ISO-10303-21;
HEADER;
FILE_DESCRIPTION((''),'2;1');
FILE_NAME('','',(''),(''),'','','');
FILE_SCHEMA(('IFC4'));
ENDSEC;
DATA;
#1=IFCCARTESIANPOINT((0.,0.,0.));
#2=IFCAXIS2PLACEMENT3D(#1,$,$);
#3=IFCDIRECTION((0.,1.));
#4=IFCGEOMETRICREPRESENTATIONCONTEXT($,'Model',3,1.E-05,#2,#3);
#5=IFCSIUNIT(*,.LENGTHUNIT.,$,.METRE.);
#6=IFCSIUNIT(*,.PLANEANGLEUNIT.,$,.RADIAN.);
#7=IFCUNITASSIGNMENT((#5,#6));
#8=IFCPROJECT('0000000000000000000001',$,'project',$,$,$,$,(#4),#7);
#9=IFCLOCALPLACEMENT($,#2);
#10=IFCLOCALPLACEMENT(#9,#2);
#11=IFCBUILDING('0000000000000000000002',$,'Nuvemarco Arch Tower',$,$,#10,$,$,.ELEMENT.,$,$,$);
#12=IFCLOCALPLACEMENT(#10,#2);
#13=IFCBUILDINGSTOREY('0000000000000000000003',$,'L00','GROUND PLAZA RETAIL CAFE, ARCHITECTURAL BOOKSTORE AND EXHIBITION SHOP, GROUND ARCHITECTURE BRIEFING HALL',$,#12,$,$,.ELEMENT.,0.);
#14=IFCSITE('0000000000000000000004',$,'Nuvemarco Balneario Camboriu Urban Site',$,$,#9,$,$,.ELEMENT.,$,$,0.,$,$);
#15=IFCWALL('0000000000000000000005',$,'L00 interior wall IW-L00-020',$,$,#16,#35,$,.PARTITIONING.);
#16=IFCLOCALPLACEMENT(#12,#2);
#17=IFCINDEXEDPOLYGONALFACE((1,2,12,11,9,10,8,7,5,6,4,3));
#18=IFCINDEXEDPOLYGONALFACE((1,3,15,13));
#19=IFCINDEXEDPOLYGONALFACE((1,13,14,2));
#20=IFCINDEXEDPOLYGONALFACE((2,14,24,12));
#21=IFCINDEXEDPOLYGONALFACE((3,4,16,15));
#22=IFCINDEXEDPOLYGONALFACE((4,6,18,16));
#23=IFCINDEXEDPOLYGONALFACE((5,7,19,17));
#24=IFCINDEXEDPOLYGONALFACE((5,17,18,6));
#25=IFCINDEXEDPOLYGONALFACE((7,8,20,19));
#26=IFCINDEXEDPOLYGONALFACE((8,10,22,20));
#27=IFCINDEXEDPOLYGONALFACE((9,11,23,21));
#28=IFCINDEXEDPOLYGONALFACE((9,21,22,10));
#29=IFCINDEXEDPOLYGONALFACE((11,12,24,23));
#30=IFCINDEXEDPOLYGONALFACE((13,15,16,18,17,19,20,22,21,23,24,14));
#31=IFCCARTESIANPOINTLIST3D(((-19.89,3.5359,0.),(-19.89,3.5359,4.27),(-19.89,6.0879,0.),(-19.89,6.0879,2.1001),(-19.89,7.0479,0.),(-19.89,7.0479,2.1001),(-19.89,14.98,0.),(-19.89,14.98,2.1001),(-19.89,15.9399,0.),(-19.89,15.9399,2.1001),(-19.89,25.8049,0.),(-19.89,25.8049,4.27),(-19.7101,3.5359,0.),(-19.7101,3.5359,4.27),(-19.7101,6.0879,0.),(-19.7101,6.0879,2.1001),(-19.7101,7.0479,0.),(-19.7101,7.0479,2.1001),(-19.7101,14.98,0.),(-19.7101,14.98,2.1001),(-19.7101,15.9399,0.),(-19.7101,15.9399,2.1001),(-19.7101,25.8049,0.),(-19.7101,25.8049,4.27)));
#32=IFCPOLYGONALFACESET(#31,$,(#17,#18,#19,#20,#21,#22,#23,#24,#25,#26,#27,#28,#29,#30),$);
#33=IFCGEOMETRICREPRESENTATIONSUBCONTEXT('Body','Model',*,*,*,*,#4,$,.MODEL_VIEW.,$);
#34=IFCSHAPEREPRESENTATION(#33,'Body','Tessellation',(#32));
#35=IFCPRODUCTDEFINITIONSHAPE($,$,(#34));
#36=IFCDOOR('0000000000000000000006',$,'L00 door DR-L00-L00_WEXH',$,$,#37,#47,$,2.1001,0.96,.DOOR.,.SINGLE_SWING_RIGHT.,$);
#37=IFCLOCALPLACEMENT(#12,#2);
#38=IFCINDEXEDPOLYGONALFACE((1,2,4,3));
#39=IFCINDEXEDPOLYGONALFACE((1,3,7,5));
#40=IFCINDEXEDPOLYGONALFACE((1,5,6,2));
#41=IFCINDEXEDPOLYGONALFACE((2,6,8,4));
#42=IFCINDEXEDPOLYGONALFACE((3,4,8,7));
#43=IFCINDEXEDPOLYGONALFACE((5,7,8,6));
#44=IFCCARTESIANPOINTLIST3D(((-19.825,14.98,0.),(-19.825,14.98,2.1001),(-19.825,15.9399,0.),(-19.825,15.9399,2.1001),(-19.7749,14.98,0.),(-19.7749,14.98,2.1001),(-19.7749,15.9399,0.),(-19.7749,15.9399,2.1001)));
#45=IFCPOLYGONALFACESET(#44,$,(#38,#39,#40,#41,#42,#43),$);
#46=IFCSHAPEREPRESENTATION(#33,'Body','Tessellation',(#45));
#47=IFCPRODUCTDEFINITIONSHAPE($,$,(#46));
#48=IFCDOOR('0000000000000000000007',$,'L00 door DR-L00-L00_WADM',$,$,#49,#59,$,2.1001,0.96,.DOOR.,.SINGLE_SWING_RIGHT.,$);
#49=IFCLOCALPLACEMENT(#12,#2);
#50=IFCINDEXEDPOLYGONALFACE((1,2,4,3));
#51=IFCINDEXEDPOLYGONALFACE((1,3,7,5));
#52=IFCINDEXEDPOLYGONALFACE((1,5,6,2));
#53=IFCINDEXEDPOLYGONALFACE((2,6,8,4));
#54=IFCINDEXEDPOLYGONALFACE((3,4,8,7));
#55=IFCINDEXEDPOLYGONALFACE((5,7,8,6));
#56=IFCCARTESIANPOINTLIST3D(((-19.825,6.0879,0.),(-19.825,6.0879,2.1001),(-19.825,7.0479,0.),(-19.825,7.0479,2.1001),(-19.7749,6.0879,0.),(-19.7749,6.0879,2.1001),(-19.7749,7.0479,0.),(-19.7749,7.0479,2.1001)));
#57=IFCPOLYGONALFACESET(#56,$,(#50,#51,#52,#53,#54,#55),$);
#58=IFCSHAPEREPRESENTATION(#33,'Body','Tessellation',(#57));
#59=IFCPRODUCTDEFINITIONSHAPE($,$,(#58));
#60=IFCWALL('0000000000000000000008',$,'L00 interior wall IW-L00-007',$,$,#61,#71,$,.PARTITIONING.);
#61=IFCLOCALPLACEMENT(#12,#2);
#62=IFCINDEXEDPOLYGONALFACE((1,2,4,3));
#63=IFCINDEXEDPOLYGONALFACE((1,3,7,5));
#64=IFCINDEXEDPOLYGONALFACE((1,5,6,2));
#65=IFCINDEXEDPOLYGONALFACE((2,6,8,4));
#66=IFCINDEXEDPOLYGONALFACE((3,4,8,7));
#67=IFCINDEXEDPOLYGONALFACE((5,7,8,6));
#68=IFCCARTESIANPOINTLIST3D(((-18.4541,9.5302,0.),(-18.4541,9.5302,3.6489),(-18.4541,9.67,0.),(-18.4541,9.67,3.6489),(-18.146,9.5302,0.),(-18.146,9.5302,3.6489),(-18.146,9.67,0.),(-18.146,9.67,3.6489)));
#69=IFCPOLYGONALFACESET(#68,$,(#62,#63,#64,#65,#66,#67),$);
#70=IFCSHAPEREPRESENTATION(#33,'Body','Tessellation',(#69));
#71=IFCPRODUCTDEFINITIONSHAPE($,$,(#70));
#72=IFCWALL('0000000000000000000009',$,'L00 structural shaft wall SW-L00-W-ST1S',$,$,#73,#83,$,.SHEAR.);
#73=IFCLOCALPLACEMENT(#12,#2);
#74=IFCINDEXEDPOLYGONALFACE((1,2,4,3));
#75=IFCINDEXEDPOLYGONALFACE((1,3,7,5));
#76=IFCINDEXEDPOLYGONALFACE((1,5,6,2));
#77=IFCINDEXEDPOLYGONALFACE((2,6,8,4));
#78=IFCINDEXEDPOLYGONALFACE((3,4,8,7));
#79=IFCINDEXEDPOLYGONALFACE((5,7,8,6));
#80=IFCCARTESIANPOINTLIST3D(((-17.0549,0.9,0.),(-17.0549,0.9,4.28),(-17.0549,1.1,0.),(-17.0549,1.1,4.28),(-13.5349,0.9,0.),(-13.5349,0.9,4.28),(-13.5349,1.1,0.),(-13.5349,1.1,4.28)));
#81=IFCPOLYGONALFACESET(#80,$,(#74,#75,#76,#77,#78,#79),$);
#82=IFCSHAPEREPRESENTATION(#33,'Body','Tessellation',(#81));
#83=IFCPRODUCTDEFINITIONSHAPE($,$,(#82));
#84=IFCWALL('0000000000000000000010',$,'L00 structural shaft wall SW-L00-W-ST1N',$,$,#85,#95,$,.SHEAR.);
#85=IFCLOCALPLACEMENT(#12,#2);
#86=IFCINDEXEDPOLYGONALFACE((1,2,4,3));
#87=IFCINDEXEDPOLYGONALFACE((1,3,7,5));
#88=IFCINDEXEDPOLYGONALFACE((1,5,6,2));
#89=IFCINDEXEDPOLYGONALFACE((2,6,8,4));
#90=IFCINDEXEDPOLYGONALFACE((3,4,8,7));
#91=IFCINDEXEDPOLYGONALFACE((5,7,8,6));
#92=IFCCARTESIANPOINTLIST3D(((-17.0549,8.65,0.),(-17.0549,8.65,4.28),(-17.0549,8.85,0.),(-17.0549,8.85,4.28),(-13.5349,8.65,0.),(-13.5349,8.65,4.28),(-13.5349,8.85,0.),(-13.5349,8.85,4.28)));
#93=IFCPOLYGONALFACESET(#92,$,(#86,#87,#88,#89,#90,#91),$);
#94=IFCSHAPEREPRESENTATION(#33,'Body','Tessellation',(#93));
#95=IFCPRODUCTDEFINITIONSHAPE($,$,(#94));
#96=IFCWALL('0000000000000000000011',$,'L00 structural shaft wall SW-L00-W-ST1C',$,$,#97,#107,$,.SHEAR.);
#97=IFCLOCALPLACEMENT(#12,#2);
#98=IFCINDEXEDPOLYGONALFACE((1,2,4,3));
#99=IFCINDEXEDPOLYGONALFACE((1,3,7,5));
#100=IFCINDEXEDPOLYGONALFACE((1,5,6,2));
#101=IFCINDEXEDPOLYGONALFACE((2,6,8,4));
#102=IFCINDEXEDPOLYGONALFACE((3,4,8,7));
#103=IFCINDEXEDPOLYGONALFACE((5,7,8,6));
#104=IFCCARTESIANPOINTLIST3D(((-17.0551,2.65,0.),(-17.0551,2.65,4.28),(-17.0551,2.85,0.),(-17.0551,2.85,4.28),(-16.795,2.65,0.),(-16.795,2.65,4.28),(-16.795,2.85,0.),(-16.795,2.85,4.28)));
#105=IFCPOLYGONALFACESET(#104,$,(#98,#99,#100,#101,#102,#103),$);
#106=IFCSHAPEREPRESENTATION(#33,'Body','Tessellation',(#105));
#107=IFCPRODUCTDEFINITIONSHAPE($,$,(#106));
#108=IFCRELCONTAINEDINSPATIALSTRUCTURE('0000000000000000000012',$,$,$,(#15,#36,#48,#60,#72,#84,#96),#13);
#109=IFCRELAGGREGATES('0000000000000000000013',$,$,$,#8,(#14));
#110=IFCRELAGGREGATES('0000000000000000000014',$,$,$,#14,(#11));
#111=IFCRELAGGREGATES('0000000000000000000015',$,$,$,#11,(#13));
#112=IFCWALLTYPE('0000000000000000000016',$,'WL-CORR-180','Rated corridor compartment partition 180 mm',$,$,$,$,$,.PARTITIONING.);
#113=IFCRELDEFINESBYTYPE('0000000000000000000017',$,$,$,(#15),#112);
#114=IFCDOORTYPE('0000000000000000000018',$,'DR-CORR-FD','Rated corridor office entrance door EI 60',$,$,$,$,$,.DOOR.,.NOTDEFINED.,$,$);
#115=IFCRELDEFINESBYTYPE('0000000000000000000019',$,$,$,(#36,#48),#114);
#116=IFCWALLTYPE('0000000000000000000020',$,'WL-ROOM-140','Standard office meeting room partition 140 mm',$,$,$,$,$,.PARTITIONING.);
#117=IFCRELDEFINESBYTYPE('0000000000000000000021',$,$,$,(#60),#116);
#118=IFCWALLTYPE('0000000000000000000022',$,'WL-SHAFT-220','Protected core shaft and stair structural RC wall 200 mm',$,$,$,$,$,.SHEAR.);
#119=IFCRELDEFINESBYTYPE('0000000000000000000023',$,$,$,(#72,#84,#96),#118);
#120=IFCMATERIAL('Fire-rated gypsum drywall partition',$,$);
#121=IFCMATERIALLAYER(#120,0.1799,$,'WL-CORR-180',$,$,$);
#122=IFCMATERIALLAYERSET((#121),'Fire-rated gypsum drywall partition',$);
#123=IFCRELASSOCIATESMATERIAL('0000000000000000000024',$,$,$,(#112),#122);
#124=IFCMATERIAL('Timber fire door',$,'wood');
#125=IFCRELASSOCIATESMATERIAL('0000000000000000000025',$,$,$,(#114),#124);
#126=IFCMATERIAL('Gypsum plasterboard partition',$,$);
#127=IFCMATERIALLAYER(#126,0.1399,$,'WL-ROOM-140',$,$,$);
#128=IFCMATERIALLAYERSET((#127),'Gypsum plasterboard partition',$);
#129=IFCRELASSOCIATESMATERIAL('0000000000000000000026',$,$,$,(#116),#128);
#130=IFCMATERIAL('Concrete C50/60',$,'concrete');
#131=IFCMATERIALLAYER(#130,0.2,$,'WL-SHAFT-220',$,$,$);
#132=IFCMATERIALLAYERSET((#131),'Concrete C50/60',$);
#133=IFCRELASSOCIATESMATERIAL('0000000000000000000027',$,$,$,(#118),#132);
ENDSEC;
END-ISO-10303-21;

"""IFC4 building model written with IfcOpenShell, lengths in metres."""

from ifc_helpers import new_model, si_unit, direction, frame, frame_2d, origin, place, context, subcontext, project, spatial, rectangle, extrude, source, transform, mapped, material, layer, layer_set, type_object, type_shapes, element, fill, save


model = new_model("IFC4")

# Units and contexts
model_context = context("Model", 3, precision=1e-05, world=origin(), true_north=direction((0.0, 1.0)))
body_context = subcontext(model_context, "Body", "Model", "MODEL_VIEW")
ifc_project = project(units=[si_unit("LENGTHUNIT", "METRE"), si_unit("PLANEANGLEUNIT", "RADIAN")], contexts=[model_context])

# Site, building, storey
site_placement = place(None, origin())
site = spatial("IfcSite", under=ifc_project, at=site_placement, Name="Nuvemarco Balneario Camboriu Urban Site", CompositionType="ELEMENT", RefElevation=0.0)
building_placement = place(site_placement, origin())
building = spatial("IfcBuilding", under=site, at=building_placement, Name="Nuvemarco Arch Tower", CompositionType="ELEMENT")
storey_placement = place(building_placement, origin())
storey = spatial("IfcBuildingStorey", under=building, at=storey_placement, Name="L00", Description="GROUND PLAZA RETAIL CAFE, ARCHITECTURAL BOOKSTORE AND EXHIBITION SHOP, GROUND ARCHITECTURE BRIEFING HALL", CompositionType="ELEMENT", Elevation=0.0)

# Shared definitions
ifc_material_1 = material(Name="Fire-rated gypsum drywall partition")
ifc_layer_1 = layer(ifc_material_1, 0.1799, Name="WL-CORR-180")
ifc_layer_set_1 = layer_set([ifc_layer_1], Name="Fire-rated gypsum drywall partition")
wall_type_1 = type_object("IfcWallType", Name="WL-CORR-180", Description="Rated corridor compartment partition 180 mm", PredefinedType="PARTITIONING", material=ifc_layer_set_1)

# Wall, openings, doors
ifc_material_2 = material(Name="Timber fire door", Category="wood")
door_type_1 = type_object("IfcDoorType", Name="DR-CORR-FD", Description="Rated corridor office entrance door EI 60", OperationType="NOTDEFINED", PredefinedType="DOOR", material=ifc_material_2)
shared_shape_1 = source(origin(), body_context, "Body", "SweptSolid", [
    extrude(rectangle(XDim=0.96, YDim=2.1001, at=frame_2d((0.48, 1.05))), frame((0.0, 0.0249, 0.0), z_axis=(0.0, -1.0, 0.0), x_axis=(1.0, 0.0, 0.0)), (0.0, 0.0, 1.0), 0.05),
])
type_shapes(door_type_1, [shared_shape_1])
wall_1_placement = place(storey_placement, frame((-19.8, 3.5359, 0.0), z_axis=(0.0, 0.0, 1.0), x_axis=(0.0, 1.0, 0.0)))
wall_1 = element("IfcWall", 1, at=wall_1_placement, inside=storey, type_object=wall_type_1, Name="L00 interior wall IW-L00-020", PredefinedType="PARTITIONING", context=body_context, shape_type="SweptSolid", body=[
    extrude(rectangle(XDim=22.269, YDim=0.1799, at=frame_2d((11.1345, 0.0))), origin(), (0.0, 0.0, 1.0), 4.27),
])
opening_1_placement = place(wall_1_placement, frame((11.4441, 0.0, 0.0)))
opening_1 = element("IfcOpeningElement", 2, at=opening_1_placement, cuts=wall_1, PredefinedType="OPENING", context=body_context, shape_type="SweptSolid", body=[
    extrude(rectangle(XDim=0.96, YDim=2.1001, at=frame_2d((0.48, 1.05))), frame((0.0, 0.0999, 0.0), z_axis=(0.0, -1.0, 0.0), x_axis=(1.0, 0.0, 0.0)), (0.0, 0.0, 1.0), 0.2),
])
opening_2_placement = place(wall_1_placement, frame((2.552, 0.0, 0.0)))
opening_2 = element("IfcOpeningElement", 3, at=opening_2_placement, cuts=wall_1, PredefinedType="OPENING", context=body_context, shape_type="SweptSolid", body=[
    extrude(rectangle(XDim=0.96, YDim=2.1001, at=frame_2d((0.48, 1.05))), frame((0.0, 0.0999, 0.0), z_axis=(0.0, -1.0, 0.0), x_axis=(1.0, 0.0, 0.0)), (0.0, 0.0, 1.0), 0.2),
])
door_1_placement = place(opening_1_placement, origin())
door_1 = element("IfcDoor", 4, at=door_1_placement, inside=storey, type_object=door_type_1, Name="L00 door DR-L00-L00_WEXH", OperationType="SINGLE_SWING_RIGHT", OverallHeight=2.1001, OverallWidth=0.96, PredefinedType="DOOR", context=body_context, shape_type="MappedRepresentation", body=[
    mapped(shared_shape_1, transform((0.0, 0.0, 0.0), scale=1.0)),
])
fill(opening_1, door_1)
door_2_placement = place(opening_2_placement, origin())
door_2 = element("IfcDoor", 5, at=door_2_placement, inside=storey, type_object=door_type_1, Name="L00 door DR-L00-L00_WADM", OperationType="SINGLE_SWING_RIGHT", OverallHeight=2.1001, OverallWidth=0.96, PredefinedType="DOOR", context=body_context, shape_type="MappedRepresentation", body=[
    mapped(shared_shape_1, transform((0.0, 0.0, 0.0), scale=1.0)),
])
fill(opening_2, door_2)

# Walls
ifc_material_3 = material(Name="Gypsum plasterboard partition")
ifc_layer_2 = layer(ifc_material_3, 0.1399, Name="WL-ROOM-140")
ifc_layer_set_2 = layer_set([ifc_layer_2], Name="Gypsum plasterboard partition")
wall_type_2 = type_object("IfcWallType", Name="WL-ROOM-140", Description="Standard office meeting room partition 140 mm", PredefinedType="PARTITIONING", material=ifc_layer_set_2)
wall_2_placement = place(storey_placement, frame((-18.4541, 9.6001, 0.0), z_axis=(0.0, 0.0, 1.0), x_axis=(1.0, 0.0, 0.0)))
element("IfcWall", 6, at=wall_2_placement, inside=storey, type_object=wall_type_2, Name="L00 interior wall IW-L00-007", PredefinedType="PARTITIONING", context=body_context, shape_type="SweptSolid", body=[
    extrude(rectangle(XDim=0.3081, YDim=0.1399, at=frame_2d((0.1541, 0.0))), origin(), (0.0, 0.0, 1.0), 3.6489),
])
ifc_material_4 = material(Name="Concrete C50/60", Category="concrete")
ifc_layer_3 = layer(ifc_material_4, 0.2, Name="WL-SHAFT-220")
ifc_layer_set_3 = layer_set([ifc_layer_3], Name="Concrete C50/60")
wall_type_3 = type_object("IfcWallType", Name="WL-SHAFT-220", Description="Protected core shaft and stair structural RC wall 200 mm", PredefinedType="SHEAR", material=ifc_layer_set_3)
for number, where, z_axis, x_axis, name in (
    (7, (-17.0549, 1.0, 0.0), (0.0, 0.0, 1.0), (1.0, 0.0, 0.0), "L00 structural shaft wall SW-L00-W-ST1S"),
    (8, (-17.0549, 8.75, 0.0), (0.0, 0.0, 1.0), (1.0, 0.0, 0.0), "L00 structural shaft wall SW-L00-W-ST1N"),
):
    element("IfcWall", number, at=place(storey_placement, frame(where, z_axis=z_axis, x_axis=x_axis)), inside=storey, type_object=wall_type_3, Name=name, PredefinedType="SHEAR", context=body_context, shape_type="SweptSolid", body=[
        extrude(rectangle(XDim=3.52, YDim=0.2, at=frame_2d((1.76, 0.0))), origin(), (0.0, 0.0, 1.0), 4.28),
    ])
wall_3_placement = place(storey_placement, frame((-17.0549, 2.75, 0.0), z_axis=(0.0, 0.0, 1.0), x_axis=(1.0, 0.0, 0.0)))
element("IfcWall", 9, at=wall_3_placement, inside=storey, type_object=wall_type_3, Name="L00 structural shaft wall SW-L00-W-ST1C", PredefinedType="SHEAR", context=body_context, shape_type="SweptSolid", body=[
    extrude(rectangle(XDim=0.26, YDim=0.2, at=frame_2d((0.1299, 0.0))), origin(), (0.0, 0.0, 1.0), 4.28),
])

save(model, "model.ifc")
